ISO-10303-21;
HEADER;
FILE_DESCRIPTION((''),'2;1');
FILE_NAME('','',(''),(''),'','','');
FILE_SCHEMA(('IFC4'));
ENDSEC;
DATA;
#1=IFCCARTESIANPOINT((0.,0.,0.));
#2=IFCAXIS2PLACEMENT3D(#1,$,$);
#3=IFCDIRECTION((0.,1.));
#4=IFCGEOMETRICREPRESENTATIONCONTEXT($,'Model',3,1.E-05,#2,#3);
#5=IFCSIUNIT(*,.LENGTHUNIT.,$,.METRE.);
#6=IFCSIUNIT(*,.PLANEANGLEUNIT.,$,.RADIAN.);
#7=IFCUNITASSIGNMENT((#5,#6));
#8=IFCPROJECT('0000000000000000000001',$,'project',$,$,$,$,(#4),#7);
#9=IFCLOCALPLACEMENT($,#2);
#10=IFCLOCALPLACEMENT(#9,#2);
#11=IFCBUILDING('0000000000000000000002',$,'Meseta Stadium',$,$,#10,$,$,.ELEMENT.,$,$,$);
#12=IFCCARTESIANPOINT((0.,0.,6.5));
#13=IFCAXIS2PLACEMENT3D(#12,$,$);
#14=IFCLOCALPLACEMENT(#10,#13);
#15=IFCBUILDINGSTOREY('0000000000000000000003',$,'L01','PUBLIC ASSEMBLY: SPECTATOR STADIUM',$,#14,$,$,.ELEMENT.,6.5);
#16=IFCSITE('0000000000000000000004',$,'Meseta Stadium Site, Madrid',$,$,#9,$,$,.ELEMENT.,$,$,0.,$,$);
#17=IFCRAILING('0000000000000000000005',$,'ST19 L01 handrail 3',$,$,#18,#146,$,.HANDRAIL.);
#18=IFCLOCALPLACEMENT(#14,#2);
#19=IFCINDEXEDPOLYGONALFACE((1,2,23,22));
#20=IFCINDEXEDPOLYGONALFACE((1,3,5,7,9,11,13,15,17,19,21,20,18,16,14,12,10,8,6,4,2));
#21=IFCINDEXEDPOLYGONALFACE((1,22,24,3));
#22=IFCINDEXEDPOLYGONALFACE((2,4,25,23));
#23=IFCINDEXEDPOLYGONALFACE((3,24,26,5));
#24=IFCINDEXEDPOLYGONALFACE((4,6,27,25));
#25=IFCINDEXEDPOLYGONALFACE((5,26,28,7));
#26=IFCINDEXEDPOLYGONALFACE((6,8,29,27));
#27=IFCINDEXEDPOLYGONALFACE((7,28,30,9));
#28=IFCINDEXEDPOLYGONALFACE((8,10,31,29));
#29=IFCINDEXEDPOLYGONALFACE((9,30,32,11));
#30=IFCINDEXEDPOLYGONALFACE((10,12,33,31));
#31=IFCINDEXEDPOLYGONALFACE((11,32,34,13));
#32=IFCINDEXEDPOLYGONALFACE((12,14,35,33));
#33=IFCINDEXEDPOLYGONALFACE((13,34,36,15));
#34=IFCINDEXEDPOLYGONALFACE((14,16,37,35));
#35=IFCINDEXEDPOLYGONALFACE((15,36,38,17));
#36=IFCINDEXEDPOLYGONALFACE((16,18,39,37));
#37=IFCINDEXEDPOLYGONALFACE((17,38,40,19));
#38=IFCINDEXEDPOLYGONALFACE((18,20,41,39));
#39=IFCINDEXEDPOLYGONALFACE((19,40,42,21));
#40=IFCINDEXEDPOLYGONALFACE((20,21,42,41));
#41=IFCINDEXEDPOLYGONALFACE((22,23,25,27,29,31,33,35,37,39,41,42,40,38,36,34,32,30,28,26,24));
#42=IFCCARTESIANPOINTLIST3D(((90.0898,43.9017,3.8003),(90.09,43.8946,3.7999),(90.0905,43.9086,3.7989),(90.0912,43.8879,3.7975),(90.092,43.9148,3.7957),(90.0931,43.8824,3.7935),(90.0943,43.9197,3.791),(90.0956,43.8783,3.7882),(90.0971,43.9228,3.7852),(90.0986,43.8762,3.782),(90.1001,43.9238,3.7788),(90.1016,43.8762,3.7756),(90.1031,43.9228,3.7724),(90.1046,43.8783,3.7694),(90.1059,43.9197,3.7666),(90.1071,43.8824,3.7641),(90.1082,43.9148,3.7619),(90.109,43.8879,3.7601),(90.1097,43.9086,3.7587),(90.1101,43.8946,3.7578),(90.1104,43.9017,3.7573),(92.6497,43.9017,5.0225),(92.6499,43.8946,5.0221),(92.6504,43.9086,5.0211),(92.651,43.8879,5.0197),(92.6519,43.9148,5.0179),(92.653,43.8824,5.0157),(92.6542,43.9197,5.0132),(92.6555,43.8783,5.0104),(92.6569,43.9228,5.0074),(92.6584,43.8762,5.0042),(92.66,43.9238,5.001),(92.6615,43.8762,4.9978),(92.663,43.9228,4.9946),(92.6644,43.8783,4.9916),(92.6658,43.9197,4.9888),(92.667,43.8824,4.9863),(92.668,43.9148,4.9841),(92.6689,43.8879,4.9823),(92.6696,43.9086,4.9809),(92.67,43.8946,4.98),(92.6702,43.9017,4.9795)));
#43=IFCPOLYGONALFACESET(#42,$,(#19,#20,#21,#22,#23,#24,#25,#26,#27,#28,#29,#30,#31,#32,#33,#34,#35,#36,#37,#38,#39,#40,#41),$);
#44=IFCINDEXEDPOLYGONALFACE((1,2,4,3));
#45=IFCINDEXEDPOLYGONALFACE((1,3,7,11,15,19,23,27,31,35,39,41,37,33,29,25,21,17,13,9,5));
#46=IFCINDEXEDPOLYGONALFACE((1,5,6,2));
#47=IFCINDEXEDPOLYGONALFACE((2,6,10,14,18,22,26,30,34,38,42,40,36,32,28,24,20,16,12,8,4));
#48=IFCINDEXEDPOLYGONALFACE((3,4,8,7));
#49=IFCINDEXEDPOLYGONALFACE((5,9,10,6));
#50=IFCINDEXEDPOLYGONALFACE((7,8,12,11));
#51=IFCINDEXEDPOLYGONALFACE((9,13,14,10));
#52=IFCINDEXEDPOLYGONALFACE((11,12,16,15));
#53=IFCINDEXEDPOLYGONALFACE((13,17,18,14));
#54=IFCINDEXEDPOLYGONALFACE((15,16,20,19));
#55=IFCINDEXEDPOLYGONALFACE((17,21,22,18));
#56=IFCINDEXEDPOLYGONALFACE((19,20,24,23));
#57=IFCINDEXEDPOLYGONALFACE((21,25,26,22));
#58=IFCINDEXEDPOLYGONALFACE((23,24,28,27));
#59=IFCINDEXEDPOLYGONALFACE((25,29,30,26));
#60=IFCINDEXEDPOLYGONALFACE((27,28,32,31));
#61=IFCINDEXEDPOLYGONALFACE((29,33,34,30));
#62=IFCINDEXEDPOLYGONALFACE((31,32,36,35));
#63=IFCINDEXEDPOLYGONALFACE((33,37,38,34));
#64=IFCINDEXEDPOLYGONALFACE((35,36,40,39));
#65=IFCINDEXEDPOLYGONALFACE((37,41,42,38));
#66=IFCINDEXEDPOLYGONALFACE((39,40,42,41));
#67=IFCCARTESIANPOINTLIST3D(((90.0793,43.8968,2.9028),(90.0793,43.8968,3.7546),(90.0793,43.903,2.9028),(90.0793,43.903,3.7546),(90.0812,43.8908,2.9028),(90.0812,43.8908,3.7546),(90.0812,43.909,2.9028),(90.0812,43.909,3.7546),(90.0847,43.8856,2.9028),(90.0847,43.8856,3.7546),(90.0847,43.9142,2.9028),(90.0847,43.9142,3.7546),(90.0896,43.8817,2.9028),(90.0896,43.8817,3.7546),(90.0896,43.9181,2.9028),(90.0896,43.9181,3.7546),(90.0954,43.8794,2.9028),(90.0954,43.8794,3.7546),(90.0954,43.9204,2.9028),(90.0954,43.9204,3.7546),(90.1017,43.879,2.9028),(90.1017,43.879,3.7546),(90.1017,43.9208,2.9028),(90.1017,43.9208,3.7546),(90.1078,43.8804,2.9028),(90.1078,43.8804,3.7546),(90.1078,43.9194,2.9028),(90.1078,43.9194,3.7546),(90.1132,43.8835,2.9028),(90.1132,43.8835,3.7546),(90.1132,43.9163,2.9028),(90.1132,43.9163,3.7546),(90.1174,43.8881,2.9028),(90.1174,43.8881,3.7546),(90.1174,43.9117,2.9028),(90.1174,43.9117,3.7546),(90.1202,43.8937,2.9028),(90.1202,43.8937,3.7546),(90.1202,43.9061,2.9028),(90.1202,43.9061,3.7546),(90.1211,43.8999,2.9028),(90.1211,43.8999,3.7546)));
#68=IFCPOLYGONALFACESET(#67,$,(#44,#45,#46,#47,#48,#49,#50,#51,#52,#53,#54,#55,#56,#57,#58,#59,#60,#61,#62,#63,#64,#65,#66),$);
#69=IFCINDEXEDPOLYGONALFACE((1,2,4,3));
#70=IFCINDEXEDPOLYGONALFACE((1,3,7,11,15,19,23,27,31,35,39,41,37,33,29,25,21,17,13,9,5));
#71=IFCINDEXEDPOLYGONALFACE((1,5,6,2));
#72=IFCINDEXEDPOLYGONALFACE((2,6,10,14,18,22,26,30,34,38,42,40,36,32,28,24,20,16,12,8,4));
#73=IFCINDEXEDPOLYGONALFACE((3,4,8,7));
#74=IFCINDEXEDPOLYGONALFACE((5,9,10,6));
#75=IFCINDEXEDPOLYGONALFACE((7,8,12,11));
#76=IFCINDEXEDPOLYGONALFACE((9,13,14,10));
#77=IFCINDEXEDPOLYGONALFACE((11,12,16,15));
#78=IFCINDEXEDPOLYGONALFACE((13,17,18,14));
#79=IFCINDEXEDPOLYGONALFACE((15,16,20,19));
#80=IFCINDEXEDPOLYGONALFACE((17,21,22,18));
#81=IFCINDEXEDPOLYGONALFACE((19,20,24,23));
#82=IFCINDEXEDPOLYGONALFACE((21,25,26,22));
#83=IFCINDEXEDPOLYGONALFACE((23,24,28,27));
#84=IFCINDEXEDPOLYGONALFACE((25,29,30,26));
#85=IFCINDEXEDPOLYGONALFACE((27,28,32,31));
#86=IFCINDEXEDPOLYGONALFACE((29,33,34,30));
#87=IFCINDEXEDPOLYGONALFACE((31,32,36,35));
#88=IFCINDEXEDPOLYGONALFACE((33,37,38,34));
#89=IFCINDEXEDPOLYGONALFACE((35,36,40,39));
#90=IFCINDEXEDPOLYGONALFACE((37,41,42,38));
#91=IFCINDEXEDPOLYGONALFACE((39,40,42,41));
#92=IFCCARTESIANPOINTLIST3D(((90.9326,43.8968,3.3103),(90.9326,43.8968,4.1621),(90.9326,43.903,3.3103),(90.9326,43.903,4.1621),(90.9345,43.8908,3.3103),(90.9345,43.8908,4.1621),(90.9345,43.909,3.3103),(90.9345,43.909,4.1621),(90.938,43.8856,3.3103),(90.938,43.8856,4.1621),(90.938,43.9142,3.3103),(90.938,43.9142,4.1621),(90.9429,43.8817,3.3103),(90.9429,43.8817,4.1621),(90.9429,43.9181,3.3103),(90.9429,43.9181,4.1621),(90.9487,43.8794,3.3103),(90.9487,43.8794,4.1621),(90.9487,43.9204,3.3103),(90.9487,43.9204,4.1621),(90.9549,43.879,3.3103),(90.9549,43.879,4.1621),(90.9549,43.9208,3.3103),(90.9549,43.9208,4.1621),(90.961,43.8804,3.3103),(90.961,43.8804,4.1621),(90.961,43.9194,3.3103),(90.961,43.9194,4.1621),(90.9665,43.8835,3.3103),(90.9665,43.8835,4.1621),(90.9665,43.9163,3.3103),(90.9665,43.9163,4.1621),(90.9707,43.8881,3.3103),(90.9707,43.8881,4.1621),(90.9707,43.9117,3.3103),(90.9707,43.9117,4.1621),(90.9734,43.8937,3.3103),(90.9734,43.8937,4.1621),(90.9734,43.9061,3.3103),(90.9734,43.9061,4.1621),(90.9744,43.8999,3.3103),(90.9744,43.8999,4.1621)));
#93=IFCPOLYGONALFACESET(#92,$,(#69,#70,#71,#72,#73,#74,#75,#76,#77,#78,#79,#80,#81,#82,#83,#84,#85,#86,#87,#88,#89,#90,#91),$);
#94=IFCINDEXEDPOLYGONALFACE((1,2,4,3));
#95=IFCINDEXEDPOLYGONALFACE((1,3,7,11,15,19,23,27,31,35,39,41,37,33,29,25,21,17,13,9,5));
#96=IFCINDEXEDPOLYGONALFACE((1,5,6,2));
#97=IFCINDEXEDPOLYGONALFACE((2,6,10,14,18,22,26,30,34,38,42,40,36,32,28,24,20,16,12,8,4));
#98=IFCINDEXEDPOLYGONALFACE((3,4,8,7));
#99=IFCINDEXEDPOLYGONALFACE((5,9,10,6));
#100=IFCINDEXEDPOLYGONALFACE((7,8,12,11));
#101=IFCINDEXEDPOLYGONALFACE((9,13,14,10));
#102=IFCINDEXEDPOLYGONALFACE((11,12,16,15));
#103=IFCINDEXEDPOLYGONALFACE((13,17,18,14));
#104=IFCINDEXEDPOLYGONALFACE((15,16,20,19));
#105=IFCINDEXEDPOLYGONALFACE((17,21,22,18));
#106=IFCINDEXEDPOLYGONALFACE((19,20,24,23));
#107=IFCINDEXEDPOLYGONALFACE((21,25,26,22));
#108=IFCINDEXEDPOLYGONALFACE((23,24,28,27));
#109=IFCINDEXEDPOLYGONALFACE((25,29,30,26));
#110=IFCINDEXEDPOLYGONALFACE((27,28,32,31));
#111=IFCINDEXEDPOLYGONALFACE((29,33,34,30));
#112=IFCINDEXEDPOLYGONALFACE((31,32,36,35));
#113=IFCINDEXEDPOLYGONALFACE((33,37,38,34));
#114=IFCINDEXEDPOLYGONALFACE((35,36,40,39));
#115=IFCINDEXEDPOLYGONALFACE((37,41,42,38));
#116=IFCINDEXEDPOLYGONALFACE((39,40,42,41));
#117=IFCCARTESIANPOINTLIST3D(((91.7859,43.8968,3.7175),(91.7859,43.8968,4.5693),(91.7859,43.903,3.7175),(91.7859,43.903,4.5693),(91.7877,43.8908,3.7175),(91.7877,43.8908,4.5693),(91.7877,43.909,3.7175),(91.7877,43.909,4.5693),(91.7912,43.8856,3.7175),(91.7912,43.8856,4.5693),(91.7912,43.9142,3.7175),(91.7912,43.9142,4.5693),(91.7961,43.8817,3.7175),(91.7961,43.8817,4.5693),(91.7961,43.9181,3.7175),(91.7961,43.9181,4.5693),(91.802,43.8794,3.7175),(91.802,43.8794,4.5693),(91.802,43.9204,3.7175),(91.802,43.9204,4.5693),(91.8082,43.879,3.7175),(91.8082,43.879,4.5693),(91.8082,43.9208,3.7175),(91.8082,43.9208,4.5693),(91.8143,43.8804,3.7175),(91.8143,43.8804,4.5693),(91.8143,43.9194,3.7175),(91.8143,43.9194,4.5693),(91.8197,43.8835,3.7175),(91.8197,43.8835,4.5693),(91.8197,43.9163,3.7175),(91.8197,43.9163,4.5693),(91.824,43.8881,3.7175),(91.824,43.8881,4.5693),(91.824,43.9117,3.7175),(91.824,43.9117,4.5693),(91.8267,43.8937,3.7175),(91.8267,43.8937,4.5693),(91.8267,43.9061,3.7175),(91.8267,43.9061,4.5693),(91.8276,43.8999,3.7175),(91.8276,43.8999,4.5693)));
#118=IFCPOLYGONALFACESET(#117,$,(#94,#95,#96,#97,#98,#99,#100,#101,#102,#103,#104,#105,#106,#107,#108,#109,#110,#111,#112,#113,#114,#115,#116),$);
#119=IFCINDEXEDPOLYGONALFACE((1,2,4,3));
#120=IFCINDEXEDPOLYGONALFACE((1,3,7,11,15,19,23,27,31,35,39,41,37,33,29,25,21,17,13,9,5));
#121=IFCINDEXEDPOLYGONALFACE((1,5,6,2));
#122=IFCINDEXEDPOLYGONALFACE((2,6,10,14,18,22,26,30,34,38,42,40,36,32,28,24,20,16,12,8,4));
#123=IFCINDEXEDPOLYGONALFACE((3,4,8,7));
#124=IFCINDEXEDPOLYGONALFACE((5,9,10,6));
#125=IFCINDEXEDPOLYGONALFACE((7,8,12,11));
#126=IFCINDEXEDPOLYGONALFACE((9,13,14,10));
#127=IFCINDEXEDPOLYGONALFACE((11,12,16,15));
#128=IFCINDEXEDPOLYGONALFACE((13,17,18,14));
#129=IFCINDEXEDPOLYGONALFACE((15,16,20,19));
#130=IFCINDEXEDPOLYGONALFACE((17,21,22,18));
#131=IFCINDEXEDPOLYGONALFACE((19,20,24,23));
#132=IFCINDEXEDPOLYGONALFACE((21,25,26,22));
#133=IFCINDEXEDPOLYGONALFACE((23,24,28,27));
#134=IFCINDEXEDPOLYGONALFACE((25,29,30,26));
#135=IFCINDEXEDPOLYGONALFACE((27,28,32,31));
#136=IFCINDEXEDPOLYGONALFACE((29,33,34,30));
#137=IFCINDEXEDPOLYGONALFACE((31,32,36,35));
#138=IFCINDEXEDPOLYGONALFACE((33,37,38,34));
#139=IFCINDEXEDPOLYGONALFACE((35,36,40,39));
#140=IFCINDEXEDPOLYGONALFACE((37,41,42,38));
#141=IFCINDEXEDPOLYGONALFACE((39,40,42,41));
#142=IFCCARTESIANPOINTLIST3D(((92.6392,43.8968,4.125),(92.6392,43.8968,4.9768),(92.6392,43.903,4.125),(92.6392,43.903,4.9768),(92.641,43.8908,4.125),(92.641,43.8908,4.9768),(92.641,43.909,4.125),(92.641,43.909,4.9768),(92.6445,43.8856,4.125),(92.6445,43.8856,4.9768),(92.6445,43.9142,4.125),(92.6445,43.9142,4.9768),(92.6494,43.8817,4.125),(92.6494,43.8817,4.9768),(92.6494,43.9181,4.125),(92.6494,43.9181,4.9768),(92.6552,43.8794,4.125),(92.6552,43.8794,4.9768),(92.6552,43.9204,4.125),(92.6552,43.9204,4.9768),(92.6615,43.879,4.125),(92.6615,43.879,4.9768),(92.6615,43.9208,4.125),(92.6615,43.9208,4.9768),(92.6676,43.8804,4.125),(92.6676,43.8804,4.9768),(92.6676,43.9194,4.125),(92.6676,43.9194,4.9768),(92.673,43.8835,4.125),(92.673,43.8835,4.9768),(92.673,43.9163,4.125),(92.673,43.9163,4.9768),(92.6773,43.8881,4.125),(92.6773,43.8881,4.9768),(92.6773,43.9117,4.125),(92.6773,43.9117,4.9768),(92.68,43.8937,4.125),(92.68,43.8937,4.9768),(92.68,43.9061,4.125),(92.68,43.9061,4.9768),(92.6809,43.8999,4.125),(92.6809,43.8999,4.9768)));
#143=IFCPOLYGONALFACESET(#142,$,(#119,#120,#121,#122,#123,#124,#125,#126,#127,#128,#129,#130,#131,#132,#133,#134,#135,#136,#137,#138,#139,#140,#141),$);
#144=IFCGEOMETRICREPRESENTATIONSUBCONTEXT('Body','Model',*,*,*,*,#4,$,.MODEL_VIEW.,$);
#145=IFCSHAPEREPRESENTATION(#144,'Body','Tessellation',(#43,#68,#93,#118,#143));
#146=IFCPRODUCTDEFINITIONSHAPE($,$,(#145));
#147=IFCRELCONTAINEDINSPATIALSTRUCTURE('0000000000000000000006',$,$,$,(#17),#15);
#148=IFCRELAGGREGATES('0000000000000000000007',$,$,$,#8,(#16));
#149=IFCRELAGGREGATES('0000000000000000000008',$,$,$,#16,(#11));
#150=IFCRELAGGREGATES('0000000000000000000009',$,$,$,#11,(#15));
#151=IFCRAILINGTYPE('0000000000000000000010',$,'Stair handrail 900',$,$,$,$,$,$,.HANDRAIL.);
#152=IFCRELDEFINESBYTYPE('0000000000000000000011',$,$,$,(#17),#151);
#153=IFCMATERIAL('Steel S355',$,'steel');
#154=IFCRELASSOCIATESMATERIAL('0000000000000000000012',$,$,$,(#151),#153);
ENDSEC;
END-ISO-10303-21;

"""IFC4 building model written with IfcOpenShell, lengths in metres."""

from ifc_helpers import new_model, si_unit, direction, frame, origin, origin_2d, place, context, subcontext, project, spatial, circle, extrude, material, type_object, element, save


model = new_model("IFC4")

# Units and contexts
model_context = context("Model", 3, precision=1e-05, world=origin(), true_north=direction((0.0, 1.0)))
body_context = subcontext(model_context, "Body", "Model", "MODEL_VIEW")
ifc_project = project(units=[si_unit("LENGTHUNIT", "METRE"), si_unit("PLANEANGLEUNIT", "RADIAN")], contexts=[model_context])

# Site, building, storey
site_placement = place(None, origin())
site = spatial("IfcSite", under=ifc_project, at=site_placement, Name="Meseta Stadium Site, Madrid", CompositionType="ELEMENT", RefElevation=0.0)
building_placement = place(site_placement, origin())
building = spatial("IfcBuilding", under=site, at=building_placement, Name="Meseta Stadium", CompositionType="ELEMENT")
storey_placement = place(building_placement, frame((0.0, 0.0, 6.5)))
storey = spatial("IfcBuildingStorey", under=building, at=storey_placement, Name="L01", Description="PUBLIC ASSEMBLY: SPECTATOR STADIUM", CompositionType="ELEMENT", Elevation=6.5)

# Railing
ifc_material_1 = material(Name="Steel S355", Category="steel")
railing_type_1 = type_object("IfcRailingType", Name="Stair handrail 900", PredefinedType="HANDRAIL", material=ifc_material_1)
for number, where, name in (
    (1, (90.1001, 43.8999, 2.9028), "ST19 L01 handrail 3"),
):
    element("IfcRailing", number, at=place(storey_placement, frame(where)), inside=storey, type_object=railing_type_1, Name=name, PredefinedType="HANDRAIL", context=body_context, shape_type="SweptSolid", body=[
        extrude(circle(Radius=0.0239, at=origin_2d()), frame((0.0, 0.0, 0.876), z_axis=(0.902421, 0.0, 0.430855), x_axis=(0.0, 1.0, 0.0)), (0.0, 0.0, 1.0), 2.8367),
        extrude(circle(Radius=0.021, at=origin_2d()), origin(), (0.0, 0.0, 1.0), 0.8518),
        extrude(circle(Radius=0.021, at=origin_2d()), frame((0.8533, 0.0, 0.4075)), (0.0, 0.0, 1.0), 0.8518),
        extrude(circle(Radius=0.021, at=origin_2d()), frame((1.7065, 0.0, 0.8147)), (0.0, 0.0, 1.0), 0.8518),
        extrude(circle(Radius=0.021, at=origin_2d()), frame((2.5598, 0.0, 1.2222)), (0.0, 0.0, 1.0), 0.8518),
    ])

save(model, "model.ifc")
